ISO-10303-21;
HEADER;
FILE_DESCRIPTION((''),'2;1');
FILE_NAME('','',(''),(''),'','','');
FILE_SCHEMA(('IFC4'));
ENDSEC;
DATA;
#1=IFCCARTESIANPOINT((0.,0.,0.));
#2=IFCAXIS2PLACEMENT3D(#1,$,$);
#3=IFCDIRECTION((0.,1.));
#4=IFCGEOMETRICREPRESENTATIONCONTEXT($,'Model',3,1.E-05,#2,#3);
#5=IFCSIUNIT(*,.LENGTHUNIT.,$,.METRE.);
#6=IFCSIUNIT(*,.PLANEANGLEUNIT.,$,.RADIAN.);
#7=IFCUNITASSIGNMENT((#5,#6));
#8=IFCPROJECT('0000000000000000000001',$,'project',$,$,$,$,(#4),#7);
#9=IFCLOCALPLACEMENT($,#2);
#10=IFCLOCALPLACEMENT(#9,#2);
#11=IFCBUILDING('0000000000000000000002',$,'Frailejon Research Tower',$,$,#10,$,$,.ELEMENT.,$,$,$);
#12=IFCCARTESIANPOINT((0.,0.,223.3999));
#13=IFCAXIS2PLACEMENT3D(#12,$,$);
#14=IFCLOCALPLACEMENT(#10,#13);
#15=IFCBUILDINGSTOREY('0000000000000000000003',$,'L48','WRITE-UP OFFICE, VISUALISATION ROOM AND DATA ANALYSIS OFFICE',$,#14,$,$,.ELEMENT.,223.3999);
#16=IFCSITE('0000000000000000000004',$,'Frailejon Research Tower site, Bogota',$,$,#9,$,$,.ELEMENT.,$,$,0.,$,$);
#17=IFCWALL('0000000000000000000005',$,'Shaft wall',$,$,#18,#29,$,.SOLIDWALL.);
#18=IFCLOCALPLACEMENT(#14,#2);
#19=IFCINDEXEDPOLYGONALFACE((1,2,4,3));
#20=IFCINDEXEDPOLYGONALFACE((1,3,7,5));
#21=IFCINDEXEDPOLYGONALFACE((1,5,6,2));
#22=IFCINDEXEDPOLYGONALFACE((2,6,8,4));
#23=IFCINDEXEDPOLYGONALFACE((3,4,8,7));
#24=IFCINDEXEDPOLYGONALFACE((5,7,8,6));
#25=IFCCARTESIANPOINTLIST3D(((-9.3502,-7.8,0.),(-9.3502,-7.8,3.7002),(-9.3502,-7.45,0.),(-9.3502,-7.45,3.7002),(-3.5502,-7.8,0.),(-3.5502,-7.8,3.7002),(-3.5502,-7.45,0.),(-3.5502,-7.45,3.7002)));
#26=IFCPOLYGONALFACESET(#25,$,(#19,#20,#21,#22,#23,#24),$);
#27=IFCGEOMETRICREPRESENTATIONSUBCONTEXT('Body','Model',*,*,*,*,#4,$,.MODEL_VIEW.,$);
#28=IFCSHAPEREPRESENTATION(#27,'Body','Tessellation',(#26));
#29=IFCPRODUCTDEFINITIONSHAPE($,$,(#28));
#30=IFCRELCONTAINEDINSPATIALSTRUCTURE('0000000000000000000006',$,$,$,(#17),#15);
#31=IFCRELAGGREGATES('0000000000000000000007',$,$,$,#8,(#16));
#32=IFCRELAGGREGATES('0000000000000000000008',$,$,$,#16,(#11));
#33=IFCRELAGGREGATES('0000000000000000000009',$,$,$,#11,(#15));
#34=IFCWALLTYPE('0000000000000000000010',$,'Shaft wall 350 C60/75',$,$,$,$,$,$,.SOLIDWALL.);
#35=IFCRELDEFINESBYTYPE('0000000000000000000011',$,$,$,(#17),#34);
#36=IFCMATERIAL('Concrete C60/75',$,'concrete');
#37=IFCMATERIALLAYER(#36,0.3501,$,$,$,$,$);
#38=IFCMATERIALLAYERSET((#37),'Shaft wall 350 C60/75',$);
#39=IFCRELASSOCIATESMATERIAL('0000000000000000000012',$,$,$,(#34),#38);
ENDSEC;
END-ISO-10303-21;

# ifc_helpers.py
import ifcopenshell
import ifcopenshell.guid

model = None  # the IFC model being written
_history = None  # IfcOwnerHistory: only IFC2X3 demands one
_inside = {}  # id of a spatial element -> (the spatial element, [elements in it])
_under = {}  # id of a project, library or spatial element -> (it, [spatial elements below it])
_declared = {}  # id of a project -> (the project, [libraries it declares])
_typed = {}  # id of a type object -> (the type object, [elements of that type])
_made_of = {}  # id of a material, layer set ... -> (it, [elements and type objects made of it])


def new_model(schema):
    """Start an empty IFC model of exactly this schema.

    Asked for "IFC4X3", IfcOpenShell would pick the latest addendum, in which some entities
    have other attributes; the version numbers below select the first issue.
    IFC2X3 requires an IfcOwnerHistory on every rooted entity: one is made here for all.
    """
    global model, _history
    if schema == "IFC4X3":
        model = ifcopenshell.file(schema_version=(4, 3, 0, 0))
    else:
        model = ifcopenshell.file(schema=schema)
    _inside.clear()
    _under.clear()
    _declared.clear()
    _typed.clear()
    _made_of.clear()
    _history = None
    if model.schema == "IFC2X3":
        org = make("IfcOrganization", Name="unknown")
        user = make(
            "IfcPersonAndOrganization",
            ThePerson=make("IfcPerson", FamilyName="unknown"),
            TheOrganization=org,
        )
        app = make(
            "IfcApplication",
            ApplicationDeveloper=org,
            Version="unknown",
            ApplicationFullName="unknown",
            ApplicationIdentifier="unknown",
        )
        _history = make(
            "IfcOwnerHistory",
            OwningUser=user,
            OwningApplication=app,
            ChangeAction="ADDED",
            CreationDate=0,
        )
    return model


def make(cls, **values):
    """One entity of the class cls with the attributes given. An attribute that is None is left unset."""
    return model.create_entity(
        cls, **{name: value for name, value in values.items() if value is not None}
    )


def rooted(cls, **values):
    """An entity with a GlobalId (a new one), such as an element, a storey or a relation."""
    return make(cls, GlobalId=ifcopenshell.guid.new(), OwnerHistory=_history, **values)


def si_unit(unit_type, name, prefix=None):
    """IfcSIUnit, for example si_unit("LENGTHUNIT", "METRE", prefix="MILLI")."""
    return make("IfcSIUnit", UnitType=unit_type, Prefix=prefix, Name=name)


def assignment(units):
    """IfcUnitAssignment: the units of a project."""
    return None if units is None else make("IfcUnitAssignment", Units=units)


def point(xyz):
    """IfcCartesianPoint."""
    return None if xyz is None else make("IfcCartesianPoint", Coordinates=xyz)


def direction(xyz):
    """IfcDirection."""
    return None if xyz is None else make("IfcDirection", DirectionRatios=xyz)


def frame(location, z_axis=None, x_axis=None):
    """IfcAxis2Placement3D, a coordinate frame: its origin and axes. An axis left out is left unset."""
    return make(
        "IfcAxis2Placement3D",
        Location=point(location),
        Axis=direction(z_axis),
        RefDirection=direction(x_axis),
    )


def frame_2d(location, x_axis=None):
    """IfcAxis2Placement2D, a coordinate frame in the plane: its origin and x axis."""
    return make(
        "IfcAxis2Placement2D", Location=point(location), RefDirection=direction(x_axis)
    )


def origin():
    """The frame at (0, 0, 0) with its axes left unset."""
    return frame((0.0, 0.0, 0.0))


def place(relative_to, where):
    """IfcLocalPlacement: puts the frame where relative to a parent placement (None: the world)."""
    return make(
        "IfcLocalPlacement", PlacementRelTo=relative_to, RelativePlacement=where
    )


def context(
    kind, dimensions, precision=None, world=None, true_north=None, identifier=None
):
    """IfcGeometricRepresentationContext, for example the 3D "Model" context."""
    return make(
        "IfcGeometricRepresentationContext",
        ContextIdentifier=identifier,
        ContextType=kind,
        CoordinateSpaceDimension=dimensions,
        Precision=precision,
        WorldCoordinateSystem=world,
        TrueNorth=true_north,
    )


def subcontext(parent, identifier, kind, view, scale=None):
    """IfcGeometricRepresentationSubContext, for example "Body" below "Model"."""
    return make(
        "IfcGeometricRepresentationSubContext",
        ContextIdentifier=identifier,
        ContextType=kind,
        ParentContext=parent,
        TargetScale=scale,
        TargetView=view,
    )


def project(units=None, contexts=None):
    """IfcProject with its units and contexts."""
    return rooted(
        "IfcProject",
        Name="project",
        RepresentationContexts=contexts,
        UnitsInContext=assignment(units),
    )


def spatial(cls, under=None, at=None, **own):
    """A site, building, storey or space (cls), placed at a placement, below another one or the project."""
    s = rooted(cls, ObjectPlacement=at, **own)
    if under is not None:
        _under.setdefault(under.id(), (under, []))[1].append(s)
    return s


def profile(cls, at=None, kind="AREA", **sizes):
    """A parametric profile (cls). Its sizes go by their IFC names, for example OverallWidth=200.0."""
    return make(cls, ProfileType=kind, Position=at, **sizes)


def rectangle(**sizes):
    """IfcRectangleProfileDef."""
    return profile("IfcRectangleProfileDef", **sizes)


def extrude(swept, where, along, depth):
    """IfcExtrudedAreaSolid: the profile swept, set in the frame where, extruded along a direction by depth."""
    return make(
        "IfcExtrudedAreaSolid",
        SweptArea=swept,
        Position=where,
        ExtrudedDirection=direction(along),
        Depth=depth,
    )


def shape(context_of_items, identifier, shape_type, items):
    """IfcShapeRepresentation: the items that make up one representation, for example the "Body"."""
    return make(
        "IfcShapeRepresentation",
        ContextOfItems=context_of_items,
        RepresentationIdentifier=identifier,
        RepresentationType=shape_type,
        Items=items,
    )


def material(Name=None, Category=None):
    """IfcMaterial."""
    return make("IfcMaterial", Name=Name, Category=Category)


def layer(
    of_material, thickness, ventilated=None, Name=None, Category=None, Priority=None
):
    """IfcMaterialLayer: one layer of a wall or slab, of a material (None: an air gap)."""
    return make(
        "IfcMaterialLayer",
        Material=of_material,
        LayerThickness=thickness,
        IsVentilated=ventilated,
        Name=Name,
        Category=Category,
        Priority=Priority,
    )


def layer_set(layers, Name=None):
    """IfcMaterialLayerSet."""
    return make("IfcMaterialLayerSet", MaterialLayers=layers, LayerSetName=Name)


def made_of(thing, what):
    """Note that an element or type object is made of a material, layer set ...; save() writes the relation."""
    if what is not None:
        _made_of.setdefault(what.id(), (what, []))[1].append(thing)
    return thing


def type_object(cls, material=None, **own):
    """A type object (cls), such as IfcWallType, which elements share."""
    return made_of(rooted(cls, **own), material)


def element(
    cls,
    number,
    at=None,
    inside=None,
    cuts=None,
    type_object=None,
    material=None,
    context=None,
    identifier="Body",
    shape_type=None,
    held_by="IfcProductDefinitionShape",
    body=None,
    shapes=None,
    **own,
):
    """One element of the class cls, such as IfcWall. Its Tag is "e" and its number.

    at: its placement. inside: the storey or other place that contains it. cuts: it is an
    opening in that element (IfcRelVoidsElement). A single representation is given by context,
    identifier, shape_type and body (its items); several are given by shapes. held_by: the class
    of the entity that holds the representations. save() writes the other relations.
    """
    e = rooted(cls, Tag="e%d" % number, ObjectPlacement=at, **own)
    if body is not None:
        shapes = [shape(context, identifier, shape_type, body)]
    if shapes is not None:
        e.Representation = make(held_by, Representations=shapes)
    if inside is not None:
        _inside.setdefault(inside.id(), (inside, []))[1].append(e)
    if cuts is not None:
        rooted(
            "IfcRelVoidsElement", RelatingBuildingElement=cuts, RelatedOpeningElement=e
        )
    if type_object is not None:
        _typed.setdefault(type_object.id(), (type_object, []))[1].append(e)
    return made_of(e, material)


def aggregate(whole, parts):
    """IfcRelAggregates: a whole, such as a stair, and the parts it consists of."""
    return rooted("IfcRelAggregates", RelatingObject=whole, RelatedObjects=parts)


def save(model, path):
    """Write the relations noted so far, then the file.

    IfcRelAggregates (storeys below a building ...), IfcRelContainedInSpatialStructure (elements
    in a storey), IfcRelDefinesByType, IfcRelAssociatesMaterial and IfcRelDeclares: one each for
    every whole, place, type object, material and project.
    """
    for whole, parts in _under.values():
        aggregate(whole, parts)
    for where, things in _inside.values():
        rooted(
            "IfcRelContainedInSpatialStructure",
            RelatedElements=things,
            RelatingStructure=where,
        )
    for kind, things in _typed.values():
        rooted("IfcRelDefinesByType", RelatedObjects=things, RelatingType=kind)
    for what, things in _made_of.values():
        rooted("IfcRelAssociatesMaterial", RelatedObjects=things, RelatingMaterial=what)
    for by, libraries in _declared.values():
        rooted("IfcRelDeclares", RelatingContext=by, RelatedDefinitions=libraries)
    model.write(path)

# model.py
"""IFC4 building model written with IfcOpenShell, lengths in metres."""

from ifc_helpers import new_model, si_unit, direction, frame, frame_2d, origin, place, context, subcontext, project, spatial, rectangle, extrude, material, layer, layer_set, type_object, element, save


model = new_model("IFC4")

# Units and contexts
model_context = context("Model", 3, precision=1e-05, world=origin(), true_north=direction((0.0, 1.0)))
body_context = subcontext(model_context, "Body", "Model", "MODEL_VIEW")
ifc_project = project(units=[si_unit("LENGTHUNIT", "METRE"), si_unit("PLANEANGLEUNIT", "RADIAN")], contexts=[model_context])

# Site, building, storey
site_placement = place(None, origin())
site = spatial("IfcSite", under=ifc_project, at=site_placement, Name="Frailejon Research Tower site, Bogota", CompositionType="ELEMENT", RefElevation=0.0)
building_placement = place(site_placement, origin())
building = spatial("IfcBuilding", under=site, at=building_placement, Name="Frailejon Research Tower", CompositionType="ELEMENT")
storey_placement = place(building_placement, frame((0.0, 0.0, 223.3999)))
storey = spatial("IfcBuildingStorey", under=building, at=storey_placement, Name="L48", Description="WRITE-UP OFFICE, VISUALISATION ROOM AND DATA ANALYSIS OFFICE", CompositionType="ELEMENT", Elevation=223.3999)

# Wall
ifc_material_1 = material(Name="Concrete C60/75", Category="concrete")
ifc_layer_1 = layer(ifc_material_1, 0.3501)
ifc_layer_set_1 = layer_set([ifc_layer_1], Name="Shaft wall 350 C60/75")
wall_type_1 = type_object("IfcWallType", Name="Shaft wall 350 C60/75", PredefinedType="SOLIDWALL", material=ifc_layer_set_1)
wall_1_placement = place(storey_placement, frame((-9.3501, -7.625, 0.0), z_axis=(0.0, 0.0, 1.0), x_axis=(1.0, 0.0, 0.0)))
element("IfcWall", 1, at=wall_1_placement, inside=storey, type_object=wall_type_1, Name="Shaft wall", PredefinedType="SOLIDWALL", context=body_context, shape_type="SweptSolid", body=[
    extrude(rectangle(XDim=5.8, YDim=0.3501, at=frame_2d((2.8999, 0.0))), origin(), (0.0, 0.0, 1.0), 3.7002),
])

save(model, "model.ifc")
